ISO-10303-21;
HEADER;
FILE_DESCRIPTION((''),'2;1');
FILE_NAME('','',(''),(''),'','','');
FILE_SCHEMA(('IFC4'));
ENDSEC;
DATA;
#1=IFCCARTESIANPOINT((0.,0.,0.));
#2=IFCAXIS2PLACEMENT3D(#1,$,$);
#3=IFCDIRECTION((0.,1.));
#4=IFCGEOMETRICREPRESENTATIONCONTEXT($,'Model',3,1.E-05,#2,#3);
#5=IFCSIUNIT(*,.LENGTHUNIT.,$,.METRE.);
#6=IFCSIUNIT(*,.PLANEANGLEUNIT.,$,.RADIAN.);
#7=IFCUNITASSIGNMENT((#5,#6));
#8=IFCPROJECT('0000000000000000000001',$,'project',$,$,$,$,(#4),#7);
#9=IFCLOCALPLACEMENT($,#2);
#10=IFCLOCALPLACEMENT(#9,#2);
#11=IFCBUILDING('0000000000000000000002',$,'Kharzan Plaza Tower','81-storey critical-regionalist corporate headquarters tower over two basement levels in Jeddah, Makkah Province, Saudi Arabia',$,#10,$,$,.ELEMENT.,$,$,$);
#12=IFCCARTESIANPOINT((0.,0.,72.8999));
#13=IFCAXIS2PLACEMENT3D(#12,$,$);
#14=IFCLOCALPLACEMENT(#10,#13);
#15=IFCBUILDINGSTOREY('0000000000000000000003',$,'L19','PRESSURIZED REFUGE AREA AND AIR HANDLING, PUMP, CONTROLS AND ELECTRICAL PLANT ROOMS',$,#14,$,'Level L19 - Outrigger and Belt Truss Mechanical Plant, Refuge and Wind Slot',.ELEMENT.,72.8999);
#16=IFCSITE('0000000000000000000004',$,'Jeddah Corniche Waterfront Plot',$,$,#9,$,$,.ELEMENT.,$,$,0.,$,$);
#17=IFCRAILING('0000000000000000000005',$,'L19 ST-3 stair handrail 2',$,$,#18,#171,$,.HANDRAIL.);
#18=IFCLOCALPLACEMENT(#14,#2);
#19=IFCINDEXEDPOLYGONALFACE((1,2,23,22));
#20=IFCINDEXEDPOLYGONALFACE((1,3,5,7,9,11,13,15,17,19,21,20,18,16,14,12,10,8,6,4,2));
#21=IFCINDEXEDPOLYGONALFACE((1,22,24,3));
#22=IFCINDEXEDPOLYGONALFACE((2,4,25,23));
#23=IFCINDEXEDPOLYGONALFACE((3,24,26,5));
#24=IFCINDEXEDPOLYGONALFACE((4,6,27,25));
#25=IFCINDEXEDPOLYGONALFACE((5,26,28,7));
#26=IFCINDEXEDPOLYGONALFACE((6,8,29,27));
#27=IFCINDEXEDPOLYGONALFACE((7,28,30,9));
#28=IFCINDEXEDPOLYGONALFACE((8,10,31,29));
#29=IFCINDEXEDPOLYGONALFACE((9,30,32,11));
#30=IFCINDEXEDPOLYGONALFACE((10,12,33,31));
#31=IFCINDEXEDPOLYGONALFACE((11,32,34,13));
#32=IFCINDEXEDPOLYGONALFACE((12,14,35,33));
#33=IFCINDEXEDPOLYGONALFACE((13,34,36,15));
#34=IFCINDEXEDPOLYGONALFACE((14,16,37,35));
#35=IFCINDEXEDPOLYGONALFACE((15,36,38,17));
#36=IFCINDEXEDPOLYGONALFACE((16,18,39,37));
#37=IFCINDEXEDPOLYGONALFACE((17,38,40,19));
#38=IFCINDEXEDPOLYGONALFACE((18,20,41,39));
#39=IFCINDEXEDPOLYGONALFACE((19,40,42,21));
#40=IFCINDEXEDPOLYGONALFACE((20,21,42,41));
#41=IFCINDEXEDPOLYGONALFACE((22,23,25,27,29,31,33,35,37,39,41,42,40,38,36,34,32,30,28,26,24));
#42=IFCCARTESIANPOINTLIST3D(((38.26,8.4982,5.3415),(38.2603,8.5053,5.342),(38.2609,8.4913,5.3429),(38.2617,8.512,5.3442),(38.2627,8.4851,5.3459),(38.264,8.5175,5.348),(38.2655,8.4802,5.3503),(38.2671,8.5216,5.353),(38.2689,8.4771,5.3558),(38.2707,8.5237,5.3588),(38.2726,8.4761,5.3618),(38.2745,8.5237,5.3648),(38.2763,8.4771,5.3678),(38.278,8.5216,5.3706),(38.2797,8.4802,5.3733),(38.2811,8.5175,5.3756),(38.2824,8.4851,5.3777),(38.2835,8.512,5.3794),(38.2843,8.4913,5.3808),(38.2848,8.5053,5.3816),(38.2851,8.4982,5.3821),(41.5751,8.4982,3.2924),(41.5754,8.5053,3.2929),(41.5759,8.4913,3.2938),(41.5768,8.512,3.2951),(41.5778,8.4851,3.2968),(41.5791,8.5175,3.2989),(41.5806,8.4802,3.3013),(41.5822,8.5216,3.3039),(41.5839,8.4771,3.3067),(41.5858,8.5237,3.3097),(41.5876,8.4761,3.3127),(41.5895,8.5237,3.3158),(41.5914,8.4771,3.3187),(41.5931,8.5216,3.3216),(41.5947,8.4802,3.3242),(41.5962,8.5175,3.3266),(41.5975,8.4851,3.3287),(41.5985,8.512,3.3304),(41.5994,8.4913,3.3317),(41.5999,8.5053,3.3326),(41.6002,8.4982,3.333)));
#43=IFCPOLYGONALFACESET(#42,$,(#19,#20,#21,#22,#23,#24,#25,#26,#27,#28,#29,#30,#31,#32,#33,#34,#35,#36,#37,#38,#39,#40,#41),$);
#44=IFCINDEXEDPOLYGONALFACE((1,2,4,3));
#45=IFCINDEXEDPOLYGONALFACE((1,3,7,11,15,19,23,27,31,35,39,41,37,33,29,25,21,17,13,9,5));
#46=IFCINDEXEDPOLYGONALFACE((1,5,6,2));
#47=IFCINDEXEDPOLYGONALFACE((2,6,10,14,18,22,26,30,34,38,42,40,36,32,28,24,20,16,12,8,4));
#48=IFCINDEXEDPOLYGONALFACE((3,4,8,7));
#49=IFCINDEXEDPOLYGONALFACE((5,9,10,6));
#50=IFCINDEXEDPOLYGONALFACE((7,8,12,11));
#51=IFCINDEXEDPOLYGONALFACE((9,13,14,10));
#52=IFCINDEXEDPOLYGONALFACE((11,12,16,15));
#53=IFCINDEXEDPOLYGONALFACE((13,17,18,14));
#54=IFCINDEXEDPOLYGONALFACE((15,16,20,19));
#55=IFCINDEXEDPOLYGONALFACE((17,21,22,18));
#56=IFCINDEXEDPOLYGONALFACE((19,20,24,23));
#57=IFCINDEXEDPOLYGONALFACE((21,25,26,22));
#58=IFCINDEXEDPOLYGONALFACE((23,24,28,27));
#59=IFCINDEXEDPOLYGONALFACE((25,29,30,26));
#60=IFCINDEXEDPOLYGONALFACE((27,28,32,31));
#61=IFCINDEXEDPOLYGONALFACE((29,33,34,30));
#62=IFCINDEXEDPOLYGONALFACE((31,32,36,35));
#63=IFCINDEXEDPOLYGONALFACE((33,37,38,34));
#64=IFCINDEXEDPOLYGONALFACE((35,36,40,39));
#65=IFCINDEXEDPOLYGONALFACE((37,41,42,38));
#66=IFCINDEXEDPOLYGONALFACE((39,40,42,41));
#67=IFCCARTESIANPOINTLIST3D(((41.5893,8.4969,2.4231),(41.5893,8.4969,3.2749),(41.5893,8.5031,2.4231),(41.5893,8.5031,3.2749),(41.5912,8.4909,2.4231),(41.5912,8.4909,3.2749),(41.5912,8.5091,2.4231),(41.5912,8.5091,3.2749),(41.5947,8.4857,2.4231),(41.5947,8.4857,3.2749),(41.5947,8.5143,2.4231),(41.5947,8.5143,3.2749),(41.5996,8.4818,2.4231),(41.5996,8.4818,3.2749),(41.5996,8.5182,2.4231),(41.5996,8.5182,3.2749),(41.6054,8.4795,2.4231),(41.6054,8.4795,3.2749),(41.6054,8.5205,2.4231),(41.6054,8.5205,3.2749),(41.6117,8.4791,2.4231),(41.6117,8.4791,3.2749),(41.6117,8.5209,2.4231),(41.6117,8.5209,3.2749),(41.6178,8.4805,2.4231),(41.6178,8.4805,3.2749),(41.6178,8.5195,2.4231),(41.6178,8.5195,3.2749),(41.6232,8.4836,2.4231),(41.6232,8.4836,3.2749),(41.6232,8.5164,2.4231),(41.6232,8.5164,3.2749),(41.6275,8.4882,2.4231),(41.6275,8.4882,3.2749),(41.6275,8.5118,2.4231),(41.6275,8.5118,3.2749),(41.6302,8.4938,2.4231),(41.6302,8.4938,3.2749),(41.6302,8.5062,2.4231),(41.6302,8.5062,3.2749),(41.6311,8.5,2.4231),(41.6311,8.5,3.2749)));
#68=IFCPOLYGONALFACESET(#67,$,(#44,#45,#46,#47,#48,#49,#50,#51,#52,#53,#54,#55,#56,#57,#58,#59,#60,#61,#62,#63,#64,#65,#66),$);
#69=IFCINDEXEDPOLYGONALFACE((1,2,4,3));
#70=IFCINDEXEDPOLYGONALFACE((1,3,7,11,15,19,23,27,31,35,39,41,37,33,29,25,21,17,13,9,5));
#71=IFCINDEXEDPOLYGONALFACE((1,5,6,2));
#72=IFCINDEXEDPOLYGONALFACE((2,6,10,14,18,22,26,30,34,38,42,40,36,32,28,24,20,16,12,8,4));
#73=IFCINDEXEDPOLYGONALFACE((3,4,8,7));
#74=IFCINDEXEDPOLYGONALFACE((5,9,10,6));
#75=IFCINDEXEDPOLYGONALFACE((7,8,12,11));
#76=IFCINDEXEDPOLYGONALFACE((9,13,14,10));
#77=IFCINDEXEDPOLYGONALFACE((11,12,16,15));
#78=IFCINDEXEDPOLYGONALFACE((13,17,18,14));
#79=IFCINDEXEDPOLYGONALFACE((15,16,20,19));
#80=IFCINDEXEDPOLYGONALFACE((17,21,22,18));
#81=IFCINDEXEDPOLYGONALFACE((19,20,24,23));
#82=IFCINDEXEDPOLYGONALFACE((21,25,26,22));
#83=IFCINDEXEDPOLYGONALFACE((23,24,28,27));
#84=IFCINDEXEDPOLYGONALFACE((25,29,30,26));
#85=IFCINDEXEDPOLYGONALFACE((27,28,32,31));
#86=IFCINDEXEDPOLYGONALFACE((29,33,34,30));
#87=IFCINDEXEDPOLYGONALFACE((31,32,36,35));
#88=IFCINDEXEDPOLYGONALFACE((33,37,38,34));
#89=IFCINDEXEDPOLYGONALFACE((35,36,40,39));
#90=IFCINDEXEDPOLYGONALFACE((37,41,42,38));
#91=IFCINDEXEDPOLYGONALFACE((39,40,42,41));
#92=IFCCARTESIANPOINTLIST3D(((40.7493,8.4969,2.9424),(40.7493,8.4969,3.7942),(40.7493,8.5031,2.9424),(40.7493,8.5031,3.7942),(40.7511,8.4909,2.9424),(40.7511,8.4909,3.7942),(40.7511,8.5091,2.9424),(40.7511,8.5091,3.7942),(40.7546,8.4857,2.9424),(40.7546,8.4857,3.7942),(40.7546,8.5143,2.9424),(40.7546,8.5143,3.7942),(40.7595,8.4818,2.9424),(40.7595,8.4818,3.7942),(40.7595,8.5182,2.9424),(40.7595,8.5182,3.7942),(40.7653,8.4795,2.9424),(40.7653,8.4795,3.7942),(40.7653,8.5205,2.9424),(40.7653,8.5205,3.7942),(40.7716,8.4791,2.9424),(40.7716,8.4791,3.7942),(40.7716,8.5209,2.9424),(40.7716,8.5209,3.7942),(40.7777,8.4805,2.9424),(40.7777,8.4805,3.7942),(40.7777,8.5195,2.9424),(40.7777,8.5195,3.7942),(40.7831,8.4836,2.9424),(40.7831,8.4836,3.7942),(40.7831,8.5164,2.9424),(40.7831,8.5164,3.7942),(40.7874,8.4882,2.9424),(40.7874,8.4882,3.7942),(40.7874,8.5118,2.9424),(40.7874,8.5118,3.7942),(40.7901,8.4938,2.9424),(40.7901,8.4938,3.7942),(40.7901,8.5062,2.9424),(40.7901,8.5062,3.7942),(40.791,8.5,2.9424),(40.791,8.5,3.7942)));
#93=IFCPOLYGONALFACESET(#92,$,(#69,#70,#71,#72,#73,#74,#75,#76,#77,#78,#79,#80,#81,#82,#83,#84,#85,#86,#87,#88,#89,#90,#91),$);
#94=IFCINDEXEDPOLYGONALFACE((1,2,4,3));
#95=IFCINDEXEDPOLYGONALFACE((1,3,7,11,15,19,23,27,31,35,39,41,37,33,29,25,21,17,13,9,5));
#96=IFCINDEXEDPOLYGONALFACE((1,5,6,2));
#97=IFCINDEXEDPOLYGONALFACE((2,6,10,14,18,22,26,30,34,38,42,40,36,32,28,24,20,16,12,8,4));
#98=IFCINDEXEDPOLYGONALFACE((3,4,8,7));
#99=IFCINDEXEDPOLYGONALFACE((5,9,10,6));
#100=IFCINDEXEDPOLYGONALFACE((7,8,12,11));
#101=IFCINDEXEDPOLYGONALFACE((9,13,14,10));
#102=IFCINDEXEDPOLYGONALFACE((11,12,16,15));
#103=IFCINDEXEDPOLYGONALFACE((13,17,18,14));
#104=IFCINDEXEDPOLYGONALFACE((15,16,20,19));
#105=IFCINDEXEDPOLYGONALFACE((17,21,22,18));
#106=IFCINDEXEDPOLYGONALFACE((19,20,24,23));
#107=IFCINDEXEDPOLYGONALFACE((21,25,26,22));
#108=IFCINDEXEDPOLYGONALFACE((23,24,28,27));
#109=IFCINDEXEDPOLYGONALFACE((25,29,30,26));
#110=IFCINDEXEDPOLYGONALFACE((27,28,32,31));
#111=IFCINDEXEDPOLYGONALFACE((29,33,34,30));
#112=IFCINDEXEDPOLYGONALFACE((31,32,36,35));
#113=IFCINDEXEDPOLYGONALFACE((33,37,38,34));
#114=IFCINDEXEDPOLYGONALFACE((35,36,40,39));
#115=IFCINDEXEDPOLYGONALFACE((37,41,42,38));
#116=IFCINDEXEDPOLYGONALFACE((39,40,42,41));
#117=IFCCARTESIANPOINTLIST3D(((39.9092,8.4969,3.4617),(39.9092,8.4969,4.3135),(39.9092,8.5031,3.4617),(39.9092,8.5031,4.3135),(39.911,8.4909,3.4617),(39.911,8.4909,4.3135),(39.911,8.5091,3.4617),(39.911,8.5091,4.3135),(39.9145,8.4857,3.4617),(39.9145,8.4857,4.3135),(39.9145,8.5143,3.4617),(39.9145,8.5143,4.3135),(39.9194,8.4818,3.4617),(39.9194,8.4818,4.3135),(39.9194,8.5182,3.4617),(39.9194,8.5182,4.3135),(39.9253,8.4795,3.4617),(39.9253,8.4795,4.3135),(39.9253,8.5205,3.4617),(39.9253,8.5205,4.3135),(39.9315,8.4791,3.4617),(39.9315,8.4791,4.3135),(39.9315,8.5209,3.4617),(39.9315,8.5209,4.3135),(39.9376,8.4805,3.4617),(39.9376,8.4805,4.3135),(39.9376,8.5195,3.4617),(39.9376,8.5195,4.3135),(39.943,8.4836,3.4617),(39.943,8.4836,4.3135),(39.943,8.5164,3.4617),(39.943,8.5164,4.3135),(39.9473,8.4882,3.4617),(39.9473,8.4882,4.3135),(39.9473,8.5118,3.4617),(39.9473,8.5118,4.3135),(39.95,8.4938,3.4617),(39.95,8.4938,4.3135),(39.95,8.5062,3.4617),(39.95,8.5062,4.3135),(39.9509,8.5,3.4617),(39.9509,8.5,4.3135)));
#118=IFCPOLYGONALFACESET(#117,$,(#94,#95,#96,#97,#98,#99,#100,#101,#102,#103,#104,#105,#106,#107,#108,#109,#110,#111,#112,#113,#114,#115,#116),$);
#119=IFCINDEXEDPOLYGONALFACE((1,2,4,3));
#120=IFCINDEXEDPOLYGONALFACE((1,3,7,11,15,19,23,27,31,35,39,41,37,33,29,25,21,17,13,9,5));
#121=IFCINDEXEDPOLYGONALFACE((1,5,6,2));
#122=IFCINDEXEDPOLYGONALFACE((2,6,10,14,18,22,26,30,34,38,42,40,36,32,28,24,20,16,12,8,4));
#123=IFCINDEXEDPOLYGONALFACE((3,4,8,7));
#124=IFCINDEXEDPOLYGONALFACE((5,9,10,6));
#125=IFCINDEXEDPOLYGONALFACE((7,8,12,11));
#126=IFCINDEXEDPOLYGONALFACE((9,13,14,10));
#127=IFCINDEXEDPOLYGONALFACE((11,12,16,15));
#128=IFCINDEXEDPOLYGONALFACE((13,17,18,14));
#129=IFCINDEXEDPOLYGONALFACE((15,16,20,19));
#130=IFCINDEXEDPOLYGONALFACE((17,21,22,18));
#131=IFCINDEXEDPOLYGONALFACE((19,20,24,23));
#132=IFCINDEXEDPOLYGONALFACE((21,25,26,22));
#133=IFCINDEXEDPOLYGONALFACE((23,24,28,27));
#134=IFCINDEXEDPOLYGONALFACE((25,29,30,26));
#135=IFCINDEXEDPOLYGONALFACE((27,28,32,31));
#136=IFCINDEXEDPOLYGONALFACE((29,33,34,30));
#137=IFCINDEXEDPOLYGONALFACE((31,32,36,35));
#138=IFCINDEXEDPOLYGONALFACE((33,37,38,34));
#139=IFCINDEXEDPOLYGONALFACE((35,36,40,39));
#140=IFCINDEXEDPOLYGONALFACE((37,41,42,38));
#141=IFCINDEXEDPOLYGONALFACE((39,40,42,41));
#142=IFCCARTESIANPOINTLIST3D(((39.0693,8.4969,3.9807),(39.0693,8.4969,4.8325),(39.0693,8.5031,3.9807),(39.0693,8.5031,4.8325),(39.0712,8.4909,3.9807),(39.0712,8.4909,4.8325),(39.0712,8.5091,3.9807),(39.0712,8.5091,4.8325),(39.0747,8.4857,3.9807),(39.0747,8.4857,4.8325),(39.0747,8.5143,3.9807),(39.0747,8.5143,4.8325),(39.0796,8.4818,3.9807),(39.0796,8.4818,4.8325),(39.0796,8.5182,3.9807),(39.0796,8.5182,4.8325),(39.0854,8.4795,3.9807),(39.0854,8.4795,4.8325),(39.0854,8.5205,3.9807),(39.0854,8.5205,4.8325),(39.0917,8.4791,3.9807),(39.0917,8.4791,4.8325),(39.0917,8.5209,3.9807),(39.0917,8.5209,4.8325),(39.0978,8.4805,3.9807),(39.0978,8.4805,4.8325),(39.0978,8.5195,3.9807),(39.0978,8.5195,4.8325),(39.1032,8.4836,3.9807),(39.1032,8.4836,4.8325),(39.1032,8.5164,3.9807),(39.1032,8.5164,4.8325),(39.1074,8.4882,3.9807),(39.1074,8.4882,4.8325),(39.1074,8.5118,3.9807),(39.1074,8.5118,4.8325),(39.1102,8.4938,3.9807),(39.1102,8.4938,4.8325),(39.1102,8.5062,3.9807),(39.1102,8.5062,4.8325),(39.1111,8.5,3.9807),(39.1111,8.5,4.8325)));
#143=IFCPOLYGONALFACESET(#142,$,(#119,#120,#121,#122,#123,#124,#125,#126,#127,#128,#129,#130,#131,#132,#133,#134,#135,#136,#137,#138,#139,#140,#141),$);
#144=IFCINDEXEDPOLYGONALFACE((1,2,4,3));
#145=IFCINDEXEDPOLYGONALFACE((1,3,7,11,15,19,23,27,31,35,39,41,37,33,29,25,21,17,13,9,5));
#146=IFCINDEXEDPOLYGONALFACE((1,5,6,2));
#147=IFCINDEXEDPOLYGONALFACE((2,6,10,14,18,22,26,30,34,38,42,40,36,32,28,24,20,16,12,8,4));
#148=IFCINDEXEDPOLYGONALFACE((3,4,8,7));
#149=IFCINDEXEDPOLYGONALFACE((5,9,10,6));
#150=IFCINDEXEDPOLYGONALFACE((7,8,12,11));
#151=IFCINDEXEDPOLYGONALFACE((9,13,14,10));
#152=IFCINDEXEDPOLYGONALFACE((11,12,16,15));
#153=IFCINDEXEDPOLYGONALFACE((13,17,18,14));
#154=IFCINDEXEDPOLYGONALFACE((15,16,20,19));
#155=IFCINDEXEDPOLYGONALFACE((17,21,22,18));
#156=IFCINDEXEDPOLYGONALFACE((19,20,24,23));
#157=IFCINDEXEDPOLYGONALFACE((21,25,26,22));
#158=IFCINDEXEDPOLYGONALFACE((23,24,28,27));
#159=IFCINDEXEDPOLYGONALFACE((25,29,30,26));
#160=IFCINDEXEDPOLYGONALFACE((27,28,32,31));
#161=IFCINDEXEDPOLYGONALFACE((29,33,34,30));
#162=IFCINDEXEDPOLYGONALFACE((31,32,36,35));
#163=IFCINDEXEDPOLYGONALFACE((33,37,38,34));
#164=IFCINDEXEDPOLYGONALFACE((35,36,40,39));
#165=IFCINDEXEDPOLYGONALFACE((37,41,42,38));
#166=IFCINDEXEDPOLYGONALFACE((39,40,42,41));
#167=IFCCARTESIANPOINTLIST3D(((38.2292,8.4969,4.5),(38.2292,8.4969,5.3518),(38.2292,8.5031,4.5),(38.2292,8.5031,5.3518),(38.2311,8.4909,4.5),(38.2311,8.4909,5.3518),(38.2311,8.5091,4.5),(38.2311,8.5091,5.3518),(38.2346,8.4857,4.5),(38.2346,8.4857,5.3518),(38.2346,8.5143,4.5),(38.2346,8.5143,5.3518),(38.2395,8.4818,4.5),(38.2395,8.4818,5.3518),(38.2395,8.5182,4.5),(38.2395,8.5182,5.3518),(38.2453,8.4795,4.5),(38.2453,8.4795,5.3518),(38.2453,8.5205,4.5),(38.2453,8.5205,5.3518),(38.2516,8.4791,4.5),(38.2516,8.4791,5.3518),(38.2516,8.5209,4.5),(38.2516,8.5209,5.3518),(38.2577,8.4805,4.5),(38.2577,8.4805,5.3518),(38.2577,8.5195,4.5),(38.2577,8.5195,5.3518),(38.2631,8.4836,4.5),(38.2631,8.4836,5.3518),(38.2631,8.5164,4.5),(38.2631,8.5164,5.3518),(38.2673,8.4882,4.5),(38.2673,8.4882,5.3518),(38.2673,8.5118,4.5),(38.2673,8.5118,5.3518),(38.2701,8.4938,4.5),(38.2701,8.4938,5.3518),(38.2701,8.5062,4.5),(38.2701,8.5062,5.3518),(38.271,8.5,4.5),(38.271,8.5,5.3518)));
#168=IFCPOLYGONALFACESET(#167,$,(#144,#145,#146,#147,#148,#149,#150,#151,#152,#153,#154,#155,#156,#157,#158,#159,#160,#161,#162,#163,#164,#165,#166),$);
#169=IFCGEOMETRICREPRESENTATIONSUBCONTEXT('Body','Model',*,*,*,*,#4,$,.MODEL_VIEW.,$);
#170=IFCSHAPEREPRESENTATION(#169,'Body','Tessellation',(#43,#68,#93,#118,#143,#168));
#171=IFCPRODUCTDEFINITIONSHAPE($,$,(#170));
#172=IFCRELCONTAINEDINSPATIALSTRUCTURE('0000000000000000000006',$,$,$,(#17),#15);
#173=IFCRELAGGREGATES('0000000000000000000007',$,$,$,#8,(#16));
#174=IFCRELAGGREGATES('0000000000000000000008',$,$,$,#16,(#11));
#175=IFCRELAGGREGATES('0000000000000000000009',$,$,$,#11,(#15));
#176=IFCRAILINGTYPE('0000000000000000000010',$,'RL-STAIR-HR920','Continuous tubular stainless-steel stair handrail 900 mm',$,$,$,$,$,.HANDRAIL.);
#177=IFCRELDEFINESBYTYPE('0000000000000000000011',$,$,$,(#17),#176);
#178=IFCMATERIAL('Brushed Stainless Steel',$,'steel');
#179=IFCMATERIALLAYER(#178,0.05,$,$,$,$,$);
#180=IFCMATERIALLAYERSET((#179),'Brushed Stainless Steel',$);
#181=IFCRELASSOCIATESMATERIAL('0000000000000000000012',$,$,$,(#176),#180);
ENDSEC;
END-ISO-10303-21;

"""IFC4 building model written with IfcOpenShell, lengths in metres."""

from ifc_helpers import new_model, si_unit, direction, frame, origin, origin_2d, place, context, subcontext, project, spatial, circle, extrude, source, transform, mapped, material, layer, layer_set, type_object, element, save


model = new_model("IFC4")

# Units and contexts
model_context = context("Model", 3, precision=1e-05, world=origin(), true_north=direction((0.0, 1.0)))
body_context = subcontext(model_context, "Body", "Model", "MODEL_VIEW")
ifc_project = project(units=[si_unit("LENGTHUNIT", "METRE"), si_unit("PLANEANGLEUNIT", "RADIAN")], contexts=[model_context])

# Site, building, storey
site_placement = place(None, origin())
site = spatial("IfcSite", under=ifc_project, at=site_placement, Name="Jeddah Corniche Waterfront Plot", CompositionType="ELEMENT", RefElevation=0.0)
building_placement = place(site_placement, origin())
building = spatial("IfcBuilding", under=site, at=building_placement, Name="Kharzan Plaza Tower", Description="81-storey critical-regionalist corporate headquarters tower over two basement levels in Jeddah, Makkah Province, Saudi Arabia", CompositionType="ELEMENT")
storey_placement = place(building_placement, frame((0.0, 0.0, 72.8999)))
storey = spatial("IfcBuildingStorey", under=building, at=storey_placement, Name="L19", Description="PRESSURIZED REFUGE AREA AND AIR HANDLING, PUMP, CONTROLS AND ELECTRICAL PLANT ROOMS", LongName="Level L19 - Outrigger and Belt Truss Mechanical Plant, Refuge and Wind Slot", CompositionType="ELEMENT", Elevation=72.8999)

# Shared definitions
ifc_material_1 = material(Name="Brushed Stainless Steel", Category="steel")

# Railing
ifc_layer_1 = layer(ifc_material_1, 0.05)
ifc_layer_set_1 = layer_set([ifc_layer_1], Name="Brushed Stainless Steel")
railing_type_1 = type_object("IfcRailingType", Name="RL-STAIR-HR920", Description="Continuous tubular stainless-steel stair handrail 900 mm", PredefinedType="HANDRAIL", material=ifc_layer_set_1)
shared_shape_1 = source(origin(), body_context, "Body", "SweptSolid", [
    extrude(circle(Radius=0.0239, at=origin_2d()), frame((-0.0225, 0.0, 0.8896), z_axis=(-0.850623, 0.0, 0.525776), x_axis=(0.0, -1.0, 0.0)), (0.0, 0.0, 1.0), 3.8972),
    extrude(circle(Radius=0.021, at=origin_2d()), origin(), (0.0, 0.0, 1.0), 0.8518),
    extrude(circle(Radius=0.021, at=origin_2d()), frame((-0.8401, 0.0, 0.5193)), (0.0, 0.0, 1.0), 0.8518),
    extrude(circle(Radius=0.021, at=origin_2d()), frame((-1.6802, 0.0, 1.0386)), (0.0, 0.0, 1.0), 0.8518),
    extrude(circle(Radius=0.021, at=origin_2d()), frame((-2.52, 0.0, 1.5576)), (0.0, 0.0, 1.0), 0.8518),
    extrude(circle(Radius=0.021, at=origin_2d()), frame((-3.3601, 0.0, 2.0769)), (0.0, 0.0, 1.0), 0.8518),
])
railing_1_placement = place(storey_placement, frame((41.6101, 8.5, 2.4231)))
element("IfcRailing", 1, at=railing_1_placement, inside=storey, type_object=railing_type_1, Name="L19 ST-3 stair handrail 2", PredefinedType="HANDRAIL", context=body_context, shape_type="MappedRepresentation", body=[
    mapped(shared_shape_1, transform((0.0, 0.0, 0.0), x_axis=(1.0, 0.0, 0.0), y_axis=(0.0, 1.0, 0.0), z_axis=(0.0, 0.0, 1.0))),
])

save(model, "model.ifc")
